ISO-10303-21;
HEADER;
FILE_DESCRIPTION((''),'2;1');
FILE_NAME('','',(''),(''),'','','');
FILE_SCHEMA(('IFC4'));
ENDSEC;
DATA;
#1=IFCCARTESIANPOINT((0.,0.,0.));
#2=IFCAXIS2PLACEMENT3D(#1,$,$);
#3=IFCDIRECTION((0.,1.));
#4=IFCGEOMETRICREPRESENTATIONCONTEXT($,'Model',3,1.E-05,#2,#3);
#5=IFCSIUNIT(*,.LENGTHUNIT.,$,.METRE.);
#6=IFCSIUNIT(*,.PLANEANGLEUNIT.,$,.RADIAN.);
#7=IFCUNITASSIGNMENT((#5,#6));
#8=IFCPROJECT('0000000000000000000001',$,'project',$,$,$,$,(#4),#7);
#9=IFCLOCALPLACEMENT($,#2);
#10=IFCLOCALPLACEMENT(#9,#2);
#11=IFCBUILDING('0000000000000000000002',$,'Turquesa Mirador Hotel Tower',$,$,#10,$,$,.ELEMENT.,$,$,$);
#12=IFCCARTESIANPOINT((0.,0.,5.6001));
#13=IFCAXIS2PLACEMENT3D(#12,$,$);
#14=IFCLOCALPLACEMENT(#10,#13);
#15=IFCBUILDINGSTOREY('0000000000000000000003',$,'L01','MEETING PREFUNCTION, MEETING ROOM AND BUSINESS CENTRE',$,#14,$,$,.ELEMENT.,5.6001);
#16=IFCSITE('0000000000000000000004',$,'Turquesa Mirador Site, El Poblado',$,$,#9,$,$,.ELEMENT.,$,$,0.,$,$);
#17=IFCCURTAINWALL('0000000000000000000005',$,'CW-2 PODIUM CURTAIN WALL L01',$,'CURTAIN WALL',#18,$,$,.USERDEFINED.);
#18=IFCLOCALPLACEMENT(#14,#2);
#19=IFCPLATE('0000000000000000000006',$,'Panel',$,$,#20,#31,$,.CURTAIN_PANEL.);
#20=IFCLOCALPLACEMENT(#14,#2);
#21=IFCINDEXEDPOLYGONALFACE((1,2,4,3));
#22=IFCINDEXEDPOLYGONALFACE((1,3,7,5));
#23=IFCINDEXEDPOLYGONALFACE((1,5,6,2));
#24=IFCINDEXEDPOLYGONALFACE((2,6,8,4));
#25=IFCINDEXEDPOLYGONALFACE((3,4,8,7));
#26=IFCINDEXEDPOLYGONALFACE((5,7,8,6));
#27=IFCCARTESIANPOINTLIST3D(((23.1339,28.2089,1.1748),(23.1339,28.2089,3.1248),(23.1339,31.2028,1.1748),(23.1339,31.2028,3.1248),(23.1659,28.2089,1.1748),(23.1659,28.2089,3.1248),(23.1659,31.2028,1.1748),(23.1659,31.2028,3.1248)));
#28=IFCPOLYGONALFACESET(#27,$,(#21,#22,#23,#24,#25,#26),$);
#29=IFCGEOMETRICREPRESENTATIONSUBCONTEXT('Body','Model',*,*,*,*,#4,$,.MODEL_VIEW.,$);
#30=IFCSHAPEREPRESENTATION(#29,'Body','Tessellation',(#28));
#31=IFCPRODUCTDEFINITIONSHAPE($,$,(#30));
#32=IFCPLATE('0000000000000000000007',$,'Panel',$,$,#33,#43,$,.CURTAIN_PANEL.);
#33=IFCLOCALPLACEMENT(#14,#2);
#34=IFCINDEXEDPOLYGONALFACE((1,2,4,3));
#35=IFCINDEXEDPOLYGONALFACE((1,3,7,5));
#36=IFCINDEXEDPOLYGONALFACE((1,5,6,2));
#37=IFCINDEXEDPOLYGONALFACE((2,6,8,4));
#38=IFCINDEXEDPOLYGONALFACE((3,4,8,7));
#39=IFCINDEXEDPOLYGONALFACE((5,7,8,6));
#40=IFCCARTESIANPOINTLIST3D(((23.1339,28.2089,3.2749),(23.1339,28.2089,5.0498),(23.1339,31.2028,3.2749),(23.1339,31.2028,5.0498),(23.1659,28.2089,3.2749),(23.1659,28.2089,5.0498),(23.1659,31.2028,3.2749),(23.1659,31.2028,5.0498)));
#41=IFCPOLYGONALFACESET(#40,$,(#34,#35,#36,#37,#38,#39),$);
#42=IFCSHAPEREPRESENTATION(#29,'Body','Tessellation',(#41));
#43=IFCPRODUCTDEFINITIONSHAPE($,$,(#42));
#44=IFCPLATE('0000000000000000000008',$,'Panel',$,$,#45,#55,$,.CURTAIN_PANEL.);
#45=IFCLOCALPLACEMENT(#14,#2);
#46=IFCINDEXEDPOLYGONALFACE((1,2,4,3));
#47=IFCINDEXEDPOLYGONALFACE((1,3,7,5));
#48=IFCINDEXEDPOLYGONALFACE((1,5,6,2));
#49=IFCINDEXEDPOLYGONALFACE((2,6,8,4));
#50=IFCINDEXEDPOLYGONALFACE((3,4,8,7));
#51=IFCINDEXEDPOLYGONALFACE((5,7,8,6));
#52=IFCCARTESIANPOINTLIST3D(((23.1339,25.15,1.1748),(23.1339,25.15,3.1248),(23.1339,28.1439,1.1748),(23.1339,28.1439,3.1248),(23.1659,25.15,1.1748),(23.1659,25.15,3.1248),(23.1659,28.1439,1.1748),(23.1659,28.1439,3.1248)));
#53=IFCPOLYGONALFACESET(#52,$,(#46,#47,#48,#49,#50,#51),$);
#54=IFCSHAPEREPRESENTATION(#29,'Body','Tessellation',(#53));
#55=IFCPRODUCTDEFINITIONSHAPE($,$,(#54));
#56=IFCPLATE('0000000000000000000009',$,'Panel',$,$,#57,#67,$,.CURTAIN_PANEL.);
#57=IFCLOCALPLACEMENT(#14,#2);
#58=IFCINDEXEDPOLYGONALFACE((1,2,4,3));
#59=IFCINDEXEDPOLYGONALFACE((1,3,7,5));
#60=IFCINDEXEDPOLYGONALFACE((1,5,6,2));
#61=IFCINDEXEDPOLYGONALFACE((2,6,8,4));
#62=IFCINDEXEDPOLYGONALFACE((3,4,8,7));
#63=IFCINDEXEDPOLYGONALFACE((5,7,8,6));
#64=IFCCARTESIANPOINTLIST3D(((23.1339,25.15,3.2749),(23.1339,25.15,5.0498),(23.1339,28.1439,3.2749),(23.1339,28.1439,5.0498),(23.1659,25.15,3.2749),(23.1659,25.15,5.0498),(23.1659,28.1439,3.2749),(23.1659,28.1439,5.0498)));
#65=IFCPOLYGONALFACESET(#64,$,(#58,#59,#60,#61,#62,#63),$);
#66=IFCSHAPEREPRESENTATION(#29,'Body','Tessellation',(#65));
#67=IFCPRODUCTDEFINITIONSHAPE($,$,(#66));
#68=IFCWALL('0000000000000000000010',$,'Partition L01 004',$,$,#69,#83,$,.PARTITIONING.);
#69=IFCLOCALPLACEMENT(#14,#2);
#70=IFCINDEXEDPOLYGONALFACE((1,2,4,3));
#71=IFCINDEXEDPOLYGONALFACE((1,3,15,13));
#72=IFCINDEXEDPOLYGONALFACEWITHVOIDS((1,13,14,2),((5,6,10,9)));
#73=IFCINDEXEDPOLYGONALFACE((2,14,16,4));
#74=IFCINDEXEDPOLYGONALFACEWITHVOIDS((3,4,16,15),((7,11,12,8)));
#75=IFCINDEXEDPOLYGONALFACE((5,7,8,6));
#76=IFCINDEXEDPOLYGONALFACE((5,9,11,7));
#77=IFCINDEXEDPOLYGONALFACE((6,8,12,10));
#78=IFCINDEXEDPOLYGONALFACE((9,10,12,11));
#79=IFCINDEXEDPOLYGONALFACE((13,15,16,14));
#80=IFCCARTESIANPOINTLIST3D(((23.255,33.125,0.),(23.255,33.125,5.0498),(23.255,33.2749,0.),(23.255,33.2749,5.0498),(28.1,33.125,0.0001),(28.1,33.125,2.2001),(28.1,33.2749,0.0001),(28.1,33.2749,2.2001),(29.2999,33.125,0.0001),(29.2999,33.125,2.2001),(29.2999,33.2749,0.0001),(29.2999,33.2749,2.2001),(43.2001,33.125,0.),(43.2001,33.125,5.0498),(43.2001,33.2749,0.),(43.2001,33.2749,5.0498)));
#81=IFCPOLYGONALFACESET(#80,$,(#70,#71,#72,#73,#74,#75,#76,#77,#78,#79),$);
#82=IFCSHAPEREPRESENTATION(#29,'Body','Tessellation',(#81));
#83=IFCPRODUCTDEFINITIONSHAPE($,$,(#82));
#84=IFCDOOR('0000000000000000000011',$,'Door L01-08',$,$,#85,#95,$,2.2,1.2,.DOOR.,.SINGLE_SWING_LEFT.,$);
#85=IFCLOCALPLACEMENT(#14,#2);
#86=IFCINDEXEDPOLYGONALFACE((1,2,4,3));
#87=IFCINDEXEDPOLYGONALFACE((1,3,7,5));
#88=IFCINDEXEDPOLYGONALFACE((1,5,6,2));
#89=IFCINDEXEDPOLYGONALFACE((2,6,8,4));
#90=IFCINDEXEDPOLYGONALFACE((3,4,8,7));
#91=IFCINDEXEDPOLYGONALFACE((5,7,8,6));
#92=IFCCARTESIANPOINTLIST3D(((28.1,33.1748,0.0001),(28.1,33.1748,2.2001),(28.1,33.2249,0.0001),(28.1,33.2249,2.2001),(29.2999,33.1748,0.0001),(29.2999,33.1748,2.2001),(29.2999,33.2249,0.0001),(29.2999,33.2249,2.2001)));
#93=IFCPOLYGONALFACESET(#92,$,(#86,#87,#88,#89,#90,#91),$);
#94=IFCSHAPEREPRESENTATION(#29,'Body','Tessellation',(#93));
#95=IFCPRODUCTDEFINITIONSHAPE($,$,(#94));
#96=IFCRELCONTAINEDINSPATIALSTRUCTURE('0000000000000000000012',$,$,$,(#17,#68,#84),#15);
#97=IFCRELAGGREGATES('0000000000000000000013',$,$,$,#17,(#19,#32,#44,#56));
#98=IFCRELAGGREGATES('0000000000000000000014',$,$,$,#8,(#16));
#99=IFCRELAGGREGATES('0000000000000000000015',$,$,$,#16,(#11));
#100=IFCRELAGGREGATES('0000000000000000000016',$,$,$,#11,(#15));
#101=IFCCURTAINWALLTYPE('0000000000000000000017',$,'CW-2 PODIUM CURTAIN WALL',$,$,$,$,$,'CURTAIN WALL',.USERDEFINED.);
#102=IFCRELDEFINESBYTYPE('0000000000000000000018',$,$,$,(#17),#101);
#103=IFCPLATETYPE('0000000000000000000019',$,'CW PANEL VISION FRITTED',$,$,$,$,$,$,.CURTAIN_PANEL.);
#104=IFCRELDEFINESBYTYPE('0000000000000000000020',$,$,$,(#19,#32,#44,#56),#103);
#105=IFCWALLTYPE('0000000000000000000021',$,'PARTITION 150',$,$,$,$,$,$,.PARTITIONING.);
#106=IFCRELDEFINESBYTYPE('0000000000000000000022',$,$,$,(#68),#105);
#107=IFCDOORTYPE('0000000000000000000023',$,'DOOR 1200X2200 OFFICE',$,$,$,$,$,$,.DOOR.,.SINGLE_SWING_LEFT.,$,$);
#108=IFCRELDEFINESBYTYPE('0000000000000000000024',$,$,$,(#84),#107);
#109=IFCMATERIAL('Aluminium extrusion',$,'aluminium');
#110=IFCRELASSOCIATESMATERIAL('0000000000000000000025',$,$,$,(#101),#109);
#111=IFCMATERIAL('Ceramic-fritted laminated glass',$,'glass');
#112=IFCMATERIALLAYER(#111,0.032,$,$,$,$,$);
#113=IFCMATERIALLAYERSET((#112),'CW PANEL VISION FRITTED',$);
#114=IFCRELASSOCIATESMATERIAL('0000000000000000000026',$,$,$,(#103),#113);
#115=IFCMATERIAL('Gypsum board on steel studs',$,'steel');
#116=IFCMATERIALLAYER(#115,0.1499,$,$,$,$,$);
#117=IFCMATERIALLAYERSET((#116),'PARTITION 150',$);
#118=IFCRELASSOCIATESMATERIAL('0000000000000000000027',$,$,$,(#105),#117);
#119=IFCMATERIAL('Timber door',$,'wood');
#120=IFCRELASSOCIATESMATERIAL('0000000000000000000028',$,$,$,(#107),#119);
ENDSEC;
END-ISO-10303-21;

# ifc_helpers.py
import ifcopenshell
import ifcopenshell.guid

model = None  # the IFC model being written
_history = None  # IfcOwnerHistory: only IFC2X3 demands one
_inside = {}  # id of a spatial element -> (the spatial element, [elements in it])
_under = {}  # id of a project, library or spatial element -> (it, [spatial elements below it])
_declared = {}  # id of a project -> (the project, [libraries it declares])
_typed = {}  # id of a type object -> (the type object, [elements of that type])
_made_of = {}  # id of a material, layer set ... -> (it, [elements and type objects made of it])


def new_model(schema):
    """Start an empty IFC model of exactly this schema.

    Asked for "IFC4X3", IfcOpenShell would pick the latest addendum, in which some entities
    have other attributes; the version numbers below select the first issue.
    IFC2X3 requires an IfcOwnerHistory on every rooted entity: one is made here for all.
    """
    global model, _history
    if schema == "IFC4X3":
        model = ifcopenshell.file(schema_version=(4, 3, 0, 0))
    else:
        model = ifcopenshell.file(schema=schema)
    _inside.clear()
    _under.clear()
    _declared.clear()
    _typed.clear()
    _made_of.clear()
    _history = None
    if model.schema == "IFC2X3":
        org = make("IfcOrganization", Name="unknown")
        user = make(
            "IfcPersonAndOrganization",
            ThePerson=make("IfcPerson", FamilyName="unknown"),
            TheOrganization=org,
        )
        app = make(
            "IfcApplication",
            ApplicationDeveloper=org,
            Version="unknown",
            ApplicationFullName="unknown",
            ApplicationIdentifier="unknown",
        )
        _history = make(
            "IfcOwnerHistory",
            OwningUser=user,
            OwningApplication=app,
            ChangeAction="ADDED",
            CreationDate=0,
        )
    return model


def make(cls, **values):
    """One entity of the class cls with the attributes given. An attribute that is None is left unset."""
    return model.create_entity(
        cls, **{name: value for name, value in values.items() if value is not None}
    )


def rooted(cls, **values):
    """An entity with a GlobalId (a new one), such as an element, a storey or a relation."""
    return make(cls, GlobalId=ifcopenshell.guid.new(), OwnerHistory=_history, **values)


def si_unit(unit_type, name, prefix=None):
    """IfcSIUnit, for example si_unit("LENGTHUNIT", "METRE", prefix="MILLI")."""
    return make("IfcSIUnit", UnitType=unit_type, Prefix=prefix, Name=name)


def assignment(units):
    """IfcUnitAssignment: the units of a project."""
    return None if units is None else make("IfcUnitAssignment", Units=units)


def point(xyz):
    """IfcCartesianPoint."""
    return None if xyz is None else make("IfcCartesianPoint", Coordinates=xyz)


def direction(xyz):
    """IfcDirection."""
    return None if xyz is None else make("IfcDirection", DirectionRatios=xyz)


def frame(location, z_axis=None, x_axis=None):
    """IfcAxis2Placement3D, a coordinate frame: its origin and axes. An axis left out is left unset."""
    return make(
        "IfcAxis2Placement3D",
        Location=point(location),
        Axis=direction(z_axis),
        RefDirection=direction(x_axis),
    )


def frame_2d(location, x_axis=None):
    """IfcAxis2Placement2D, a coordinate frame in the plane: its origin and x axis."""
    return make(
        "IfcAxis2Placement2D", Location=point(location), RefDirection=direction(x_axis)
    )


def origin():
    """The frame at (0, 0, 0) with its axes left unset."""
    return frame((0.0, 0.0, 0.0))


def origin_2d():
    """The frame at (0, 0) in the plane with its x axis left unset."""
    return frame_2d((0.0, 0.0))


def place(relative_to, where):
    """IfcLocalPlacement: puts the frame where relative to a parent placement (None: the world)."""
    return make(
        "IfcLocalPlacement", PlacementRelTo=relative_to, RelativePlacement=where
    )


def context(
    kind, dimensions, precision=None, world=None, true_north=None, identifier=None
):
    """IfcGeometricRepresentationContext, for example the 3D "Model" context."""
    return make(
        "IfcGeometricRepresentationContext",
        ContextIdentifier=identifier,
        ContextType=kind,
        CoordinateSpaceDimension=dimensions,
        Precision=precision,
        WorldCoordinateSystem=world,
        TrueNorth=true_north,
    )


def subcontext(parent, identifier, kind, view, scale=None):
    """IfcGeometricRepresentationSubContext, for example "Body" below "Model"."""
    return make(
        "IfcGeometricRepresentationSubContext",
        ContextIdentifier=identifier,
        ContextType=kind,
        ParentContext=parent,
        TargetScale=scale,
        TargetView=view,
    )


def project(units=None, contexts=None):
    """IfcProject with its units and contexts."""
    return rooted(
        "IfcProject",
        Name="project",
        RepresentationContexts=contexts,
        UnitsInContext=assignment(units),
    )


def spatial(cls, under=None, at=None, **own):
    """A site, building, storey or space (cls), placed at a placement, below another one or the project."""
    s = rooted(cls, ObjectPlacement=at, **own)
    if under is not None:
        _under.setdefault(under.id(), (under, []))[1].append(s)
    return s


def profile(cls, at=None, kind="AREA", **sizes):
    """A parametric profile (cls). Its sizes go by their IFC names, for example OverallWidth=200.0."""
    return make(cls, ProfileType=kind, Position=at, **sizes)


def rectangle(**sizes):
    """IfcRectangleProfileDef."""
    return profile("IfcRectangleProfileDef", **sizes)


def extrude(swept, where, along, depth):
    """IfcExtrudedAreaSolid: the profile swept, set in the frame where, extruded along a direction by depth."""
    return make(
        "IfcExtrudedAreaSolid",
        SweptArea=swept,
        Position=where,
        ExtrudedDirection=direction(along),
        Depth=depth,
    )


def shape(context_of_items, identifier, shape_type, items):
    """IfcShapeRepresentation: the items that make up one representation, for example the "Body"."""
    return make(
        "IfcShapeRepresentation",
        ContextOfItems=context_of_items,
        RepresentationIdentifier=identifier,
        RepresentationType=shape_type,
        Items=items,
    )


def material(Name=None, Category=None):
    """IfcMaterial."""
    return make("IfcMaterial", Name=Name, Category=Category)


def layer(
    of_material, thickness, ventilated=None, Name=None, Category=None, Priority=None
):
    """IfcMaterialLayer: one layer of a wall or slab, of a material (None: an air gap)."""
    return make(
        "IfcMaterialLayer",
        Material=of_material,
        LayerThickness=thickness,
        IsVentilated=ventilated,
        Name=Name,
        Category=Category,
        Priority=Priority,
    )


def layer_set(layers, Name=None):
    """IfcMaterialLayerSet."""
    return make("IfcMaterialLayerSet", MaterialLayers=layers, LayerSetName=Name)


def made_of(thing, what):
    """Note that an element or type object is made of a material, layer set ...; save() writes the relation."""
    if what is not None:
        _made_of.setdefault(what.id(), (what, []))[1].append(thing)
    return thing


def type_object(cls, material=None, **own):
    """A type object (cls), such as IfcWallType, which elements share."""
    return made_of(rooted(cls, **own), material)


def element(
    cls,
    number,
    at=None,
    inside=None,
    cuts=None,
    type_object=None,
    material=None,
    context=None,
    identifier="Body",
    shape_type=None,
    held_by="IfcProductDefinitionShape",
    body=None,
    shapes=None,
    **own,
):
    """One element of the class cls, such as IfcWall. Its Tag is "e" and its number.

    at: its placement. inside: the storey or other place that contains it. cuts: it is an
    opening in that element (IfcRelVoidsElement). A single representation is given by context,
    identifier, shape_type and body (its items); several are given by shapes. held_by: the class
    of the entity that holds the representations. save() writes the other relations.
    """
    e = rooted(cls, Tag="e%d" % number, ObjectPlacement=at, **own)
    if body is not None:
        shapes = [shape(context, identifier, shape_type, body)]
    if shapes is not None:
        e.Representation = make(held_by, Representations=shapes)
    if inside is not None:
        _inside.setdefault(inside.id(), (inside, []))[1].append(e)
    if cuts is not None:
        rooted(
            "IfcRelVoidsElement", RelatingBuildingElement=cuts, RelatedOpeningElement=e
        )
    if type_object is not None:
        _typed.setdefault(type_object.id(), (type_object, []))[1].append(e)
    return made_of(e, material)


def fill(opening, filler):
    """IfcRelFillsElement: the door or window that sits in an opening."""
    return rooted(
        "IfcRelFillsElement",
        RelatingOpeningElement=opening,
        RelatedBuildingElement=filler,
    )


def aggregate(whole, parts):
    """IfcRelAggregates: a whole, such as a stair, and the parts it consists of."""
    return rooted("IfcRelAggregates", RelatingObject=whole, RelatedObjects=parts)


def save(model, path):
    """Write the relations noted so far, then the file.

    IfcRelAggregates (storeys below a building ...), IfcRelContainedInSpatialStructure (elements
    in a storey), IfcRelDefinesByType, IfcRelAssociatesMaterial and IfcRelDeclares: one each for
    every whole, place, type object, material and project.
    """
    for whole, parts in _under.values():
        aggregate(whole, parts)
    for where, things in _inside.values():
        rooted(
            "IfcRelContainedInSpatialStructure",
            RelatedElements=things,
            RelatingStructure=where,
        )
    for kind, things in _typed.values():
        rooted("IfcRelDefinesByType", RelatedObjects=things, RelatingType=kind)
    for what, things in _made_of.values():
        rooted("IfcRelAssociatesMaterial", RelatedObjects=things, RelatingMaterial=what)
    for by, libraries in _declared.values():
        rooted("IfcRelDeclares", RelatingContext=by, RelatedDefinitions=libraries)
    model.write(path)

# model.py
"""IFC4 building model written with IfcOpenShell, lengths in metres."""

from ifc_helpers import new_model, si_unit, direction, frame, frame_2d, origin, origin_2d, place, context, subcontext, project, spatial, rectangle, extrude, material, layer, layer_set, type_object, element, fill, aggregate, save


model = new_model("IFC4")

# Units and contexts
model_context = context("Model", 3, precision=1e-05, world=origin(), true_north=direction((0.0, 1.0)))
body_context = subcontext(model_context, "Body", "Model", "MODEL_VIEW")
ifc_project = project(units=[si_unit("LENGTHUNIT", "METRE"), si_unit("PLANEANGLEUNIT", "RADIAN")], contexts=[model_context])

# Site, building, storey
site_placement = place(None, origin())
site = spatial("IfcSite", under=ifc_project, at=site_placement, Name="Turquesa Mirador Site, El Poblado", CompositionType="ELEMENT", RefElevation=0.0)
building_placement = place(site_placement, origin())
building = spatial("IfcBuilding", under=site, at=building_placement, Name="Turquesa Mirador Hotel Tower", CompositionType="ELEMENT")
storey_placement = place(building_placement, frame((0.0, 0.0, 5.6001)))
storey = spatial("IfcBuildingStorey", under=building, at=storey_placement, Name="L01", Description="MEETING PREFUNCTION, MEETING ROOM AND BUSINESS CENTRE", CompositionType="ELEMENT", Elevation=5.6001)

# Curtain wall, plates
ifc_material_1 = material(Name="Aluminium extrusion", Category="aluminium")
curtain_wall_type = type_object("IfcCurtainWallType", Name="CW-2 PODIUM CURTAIN WALL", ElementType="CURTAIN WALL", PredefinedType="USERDEFINED", material=ifc_material_1)
curtain_wall_placement = place(storey_placement, origin())
curtain_wall = element("IfcCurtainWall", 1, at=curtain_wall_placement, inside=storey, type_object=curtain_wall_type, Name="CW-2 PODIUM CURTAIN WALL L01", ObjectType="CURTAIN WALL", PredefinedType="USERDEFINED")
ifc_material_2 = material(Name="Ceramic-fritted laminated glass", Category="glass")
ifc_layer_1 = layer(ifc_material_2, 0.032)
ifc_layer_set_1 = layer_set([ifc_layer_1], Name="CW PANEL VISION FRITTED")
plate_type_1 = type_object("IfcPlateType", Name="CW PANEL VISION FRITTED", PredefinedType="CURTAIN_PANEL", material=ifc_layer_set_1)
plate_1_placement = place(storey_placement, frame((23.1499, 29.7058, 1.1748), z_axis=(0.0, 0.0, 1.0), x_axis=(0.0, -1.0, 0.0)))
plate_1 = element("IfcPlate", 2, at=plate_1_placement, type_object=plate_type_1, Name="Panel", PredefinedType="CURTAIN_PANEL", context=body_context, shape_type="SweptSolid", body=[
    extrude(rectangle(XDim=2.9939, YDim=0.032, at=origin_2d()), origin(), (0.0, 0.0, 1.0), 1.95),
])
plate_2_placement = place(storey_placement, frame((23.1499, 29.7058, 3.2749), z_axis=(0.0, 0.0, 1.0), x_axis=(0.0, -1.0, 0.0)))
plate_2 = element("IfcPlate", 3, at=plate_2_placement, type_object=plate_type_1, Name="Panel", PredefinedType="CURTAIN_PANEL", context=body_context, shape_type="SweptSolid", body=[
    extrude(rectangle(XDim=2.9939, YDim=0.032, at=origin_2d()), origin(), (0.0, 0.0, 1.0), 1.7749),
])
plate_3_placement = place(storey_placement, frame((23.1499, 26.647, 1.1748), z_axis=(0.0, 0.0, 1.0), x_axis=(0.0, -1.0, 0.0)))
plate_3 = element("IfcPlate", 4, at=plate_3_placement, type_object=plate_type_1, Name="Panel", PredefinedType="CURTAIN_PANEL", context=body_context, shape_type="SweptSolid", body=[
    extrude(rectangle(XDim=2.9939, YDim=0.032, at=origin_2d()), origin(), (0.0, 0.0, 1.0), 1.95),
])
plate_4_placement = place(storey_placement, frame((23.1499, 26.647, 3.2749), z_axis=(0.0, 0.0, 1.0), x_axis=(0.0, -1.0, 0.0)))
plate_4 = element("IfcPlate", 5, at=plate_4_placement, type_object=plate_type_1, Name="Panel", PredefinedType="CURTAIN_PANEL", context=body_context, shape_type="SweptSolid", body=[
    extrude(rectangle(XDim=2.9939, YDim=0.032, at=origin_2d()), origin(), (0.0, 0.0, 1.0), 1.7749),
])
aggregate(curtain_wall, [plate_1, plate_2, plate_3, plate_4])

# Wall, opening, door
ifc_material_3 = material(Name="Gypsum board on steel studs", Category="steel")
ifc_layer_2 = layer(ifc_material_3, 0.1499)
ifc_layer_set_2 = layer_set([ifc_layer_2], Name="PARTITION 150")
wall_type = type_object("IfcWallType", Name="PARTITION 150", PredefinedType="PARTITIONING", material=ifc_layer_set_2)
wall_placement = place(storey_placement, frame((23.2549, 33.2, 0.0), z_axis=(0.0, 0.0, 1.0), x_axis=(1.0, 0.0, 0.0)))
wall = element("IfcWall", 6, at=wall_placement, inside=storey, type_object=wall_type, Name="Partition L01 004", PredefinedType="PARTITIONING", context=body_context, shape_type="SweptSolid", body=[
    extrude(rectangle(XDim=19.9451, YDim=0.1499, at=frame_2d((9.9727, 0.0))), origin(), (0.0, 0.0, 1.0), 5.0498),
])
opening_placement = place(wall_placement, frame((4.845, 0.0, 0.0)))
opening = element("IfcOpeningElement", 7, at=opening_placement, cuts=wall, PredefinedType="OPENING", context=body_context, shape_type="SweptSolid", body=[
    extrude(rectangle(XDim=1.2, YDim=2.2, at=frame_2d((0.6001, 1.1001))), frame((0.0, 0.085, 0.0), z_axis=(0.0, -1.0, 0.0), x_axis=(1.0, 0.0, 0.0)), (0.0, 0.0, 1.0), 0.1699),
])
ifc_material_4 = material(Name="Timber door", Category="wood")
door_type = type_object("IfcDoorType", Name="DOOR 1200X2200 OFFICE", OperationType="SINGLE_SWING_LEFT", PredefinedType="DOOR", material=ifc_material_4)
door_placement = place(opening_placement, origin())
door = element("IfcDoor", 8, at=door_placement, inside=storey, type_object=door_type, Name="Door L01-08", OperationType="SINGLE_SWING_LEFT", OverallHeight=2.2, OverallWidth=1.2, PredefinedType="DOOR", context=body_context, shape_type="SweptSolid", body=[
    extrude(rectangle(XDim=1.2, YDim=2.2, at=frame_2d((0.6001, 1.1001))), frame((0.0, 0.0249, 0.0), z_axis=(0.0, -1.0, 0.0), x_axis=(1.0, 0.0, 0.0)), (0.0, 0.0, 1.0), 0.05),
])
fill(opening, door)

save(model, "model.ifc")
